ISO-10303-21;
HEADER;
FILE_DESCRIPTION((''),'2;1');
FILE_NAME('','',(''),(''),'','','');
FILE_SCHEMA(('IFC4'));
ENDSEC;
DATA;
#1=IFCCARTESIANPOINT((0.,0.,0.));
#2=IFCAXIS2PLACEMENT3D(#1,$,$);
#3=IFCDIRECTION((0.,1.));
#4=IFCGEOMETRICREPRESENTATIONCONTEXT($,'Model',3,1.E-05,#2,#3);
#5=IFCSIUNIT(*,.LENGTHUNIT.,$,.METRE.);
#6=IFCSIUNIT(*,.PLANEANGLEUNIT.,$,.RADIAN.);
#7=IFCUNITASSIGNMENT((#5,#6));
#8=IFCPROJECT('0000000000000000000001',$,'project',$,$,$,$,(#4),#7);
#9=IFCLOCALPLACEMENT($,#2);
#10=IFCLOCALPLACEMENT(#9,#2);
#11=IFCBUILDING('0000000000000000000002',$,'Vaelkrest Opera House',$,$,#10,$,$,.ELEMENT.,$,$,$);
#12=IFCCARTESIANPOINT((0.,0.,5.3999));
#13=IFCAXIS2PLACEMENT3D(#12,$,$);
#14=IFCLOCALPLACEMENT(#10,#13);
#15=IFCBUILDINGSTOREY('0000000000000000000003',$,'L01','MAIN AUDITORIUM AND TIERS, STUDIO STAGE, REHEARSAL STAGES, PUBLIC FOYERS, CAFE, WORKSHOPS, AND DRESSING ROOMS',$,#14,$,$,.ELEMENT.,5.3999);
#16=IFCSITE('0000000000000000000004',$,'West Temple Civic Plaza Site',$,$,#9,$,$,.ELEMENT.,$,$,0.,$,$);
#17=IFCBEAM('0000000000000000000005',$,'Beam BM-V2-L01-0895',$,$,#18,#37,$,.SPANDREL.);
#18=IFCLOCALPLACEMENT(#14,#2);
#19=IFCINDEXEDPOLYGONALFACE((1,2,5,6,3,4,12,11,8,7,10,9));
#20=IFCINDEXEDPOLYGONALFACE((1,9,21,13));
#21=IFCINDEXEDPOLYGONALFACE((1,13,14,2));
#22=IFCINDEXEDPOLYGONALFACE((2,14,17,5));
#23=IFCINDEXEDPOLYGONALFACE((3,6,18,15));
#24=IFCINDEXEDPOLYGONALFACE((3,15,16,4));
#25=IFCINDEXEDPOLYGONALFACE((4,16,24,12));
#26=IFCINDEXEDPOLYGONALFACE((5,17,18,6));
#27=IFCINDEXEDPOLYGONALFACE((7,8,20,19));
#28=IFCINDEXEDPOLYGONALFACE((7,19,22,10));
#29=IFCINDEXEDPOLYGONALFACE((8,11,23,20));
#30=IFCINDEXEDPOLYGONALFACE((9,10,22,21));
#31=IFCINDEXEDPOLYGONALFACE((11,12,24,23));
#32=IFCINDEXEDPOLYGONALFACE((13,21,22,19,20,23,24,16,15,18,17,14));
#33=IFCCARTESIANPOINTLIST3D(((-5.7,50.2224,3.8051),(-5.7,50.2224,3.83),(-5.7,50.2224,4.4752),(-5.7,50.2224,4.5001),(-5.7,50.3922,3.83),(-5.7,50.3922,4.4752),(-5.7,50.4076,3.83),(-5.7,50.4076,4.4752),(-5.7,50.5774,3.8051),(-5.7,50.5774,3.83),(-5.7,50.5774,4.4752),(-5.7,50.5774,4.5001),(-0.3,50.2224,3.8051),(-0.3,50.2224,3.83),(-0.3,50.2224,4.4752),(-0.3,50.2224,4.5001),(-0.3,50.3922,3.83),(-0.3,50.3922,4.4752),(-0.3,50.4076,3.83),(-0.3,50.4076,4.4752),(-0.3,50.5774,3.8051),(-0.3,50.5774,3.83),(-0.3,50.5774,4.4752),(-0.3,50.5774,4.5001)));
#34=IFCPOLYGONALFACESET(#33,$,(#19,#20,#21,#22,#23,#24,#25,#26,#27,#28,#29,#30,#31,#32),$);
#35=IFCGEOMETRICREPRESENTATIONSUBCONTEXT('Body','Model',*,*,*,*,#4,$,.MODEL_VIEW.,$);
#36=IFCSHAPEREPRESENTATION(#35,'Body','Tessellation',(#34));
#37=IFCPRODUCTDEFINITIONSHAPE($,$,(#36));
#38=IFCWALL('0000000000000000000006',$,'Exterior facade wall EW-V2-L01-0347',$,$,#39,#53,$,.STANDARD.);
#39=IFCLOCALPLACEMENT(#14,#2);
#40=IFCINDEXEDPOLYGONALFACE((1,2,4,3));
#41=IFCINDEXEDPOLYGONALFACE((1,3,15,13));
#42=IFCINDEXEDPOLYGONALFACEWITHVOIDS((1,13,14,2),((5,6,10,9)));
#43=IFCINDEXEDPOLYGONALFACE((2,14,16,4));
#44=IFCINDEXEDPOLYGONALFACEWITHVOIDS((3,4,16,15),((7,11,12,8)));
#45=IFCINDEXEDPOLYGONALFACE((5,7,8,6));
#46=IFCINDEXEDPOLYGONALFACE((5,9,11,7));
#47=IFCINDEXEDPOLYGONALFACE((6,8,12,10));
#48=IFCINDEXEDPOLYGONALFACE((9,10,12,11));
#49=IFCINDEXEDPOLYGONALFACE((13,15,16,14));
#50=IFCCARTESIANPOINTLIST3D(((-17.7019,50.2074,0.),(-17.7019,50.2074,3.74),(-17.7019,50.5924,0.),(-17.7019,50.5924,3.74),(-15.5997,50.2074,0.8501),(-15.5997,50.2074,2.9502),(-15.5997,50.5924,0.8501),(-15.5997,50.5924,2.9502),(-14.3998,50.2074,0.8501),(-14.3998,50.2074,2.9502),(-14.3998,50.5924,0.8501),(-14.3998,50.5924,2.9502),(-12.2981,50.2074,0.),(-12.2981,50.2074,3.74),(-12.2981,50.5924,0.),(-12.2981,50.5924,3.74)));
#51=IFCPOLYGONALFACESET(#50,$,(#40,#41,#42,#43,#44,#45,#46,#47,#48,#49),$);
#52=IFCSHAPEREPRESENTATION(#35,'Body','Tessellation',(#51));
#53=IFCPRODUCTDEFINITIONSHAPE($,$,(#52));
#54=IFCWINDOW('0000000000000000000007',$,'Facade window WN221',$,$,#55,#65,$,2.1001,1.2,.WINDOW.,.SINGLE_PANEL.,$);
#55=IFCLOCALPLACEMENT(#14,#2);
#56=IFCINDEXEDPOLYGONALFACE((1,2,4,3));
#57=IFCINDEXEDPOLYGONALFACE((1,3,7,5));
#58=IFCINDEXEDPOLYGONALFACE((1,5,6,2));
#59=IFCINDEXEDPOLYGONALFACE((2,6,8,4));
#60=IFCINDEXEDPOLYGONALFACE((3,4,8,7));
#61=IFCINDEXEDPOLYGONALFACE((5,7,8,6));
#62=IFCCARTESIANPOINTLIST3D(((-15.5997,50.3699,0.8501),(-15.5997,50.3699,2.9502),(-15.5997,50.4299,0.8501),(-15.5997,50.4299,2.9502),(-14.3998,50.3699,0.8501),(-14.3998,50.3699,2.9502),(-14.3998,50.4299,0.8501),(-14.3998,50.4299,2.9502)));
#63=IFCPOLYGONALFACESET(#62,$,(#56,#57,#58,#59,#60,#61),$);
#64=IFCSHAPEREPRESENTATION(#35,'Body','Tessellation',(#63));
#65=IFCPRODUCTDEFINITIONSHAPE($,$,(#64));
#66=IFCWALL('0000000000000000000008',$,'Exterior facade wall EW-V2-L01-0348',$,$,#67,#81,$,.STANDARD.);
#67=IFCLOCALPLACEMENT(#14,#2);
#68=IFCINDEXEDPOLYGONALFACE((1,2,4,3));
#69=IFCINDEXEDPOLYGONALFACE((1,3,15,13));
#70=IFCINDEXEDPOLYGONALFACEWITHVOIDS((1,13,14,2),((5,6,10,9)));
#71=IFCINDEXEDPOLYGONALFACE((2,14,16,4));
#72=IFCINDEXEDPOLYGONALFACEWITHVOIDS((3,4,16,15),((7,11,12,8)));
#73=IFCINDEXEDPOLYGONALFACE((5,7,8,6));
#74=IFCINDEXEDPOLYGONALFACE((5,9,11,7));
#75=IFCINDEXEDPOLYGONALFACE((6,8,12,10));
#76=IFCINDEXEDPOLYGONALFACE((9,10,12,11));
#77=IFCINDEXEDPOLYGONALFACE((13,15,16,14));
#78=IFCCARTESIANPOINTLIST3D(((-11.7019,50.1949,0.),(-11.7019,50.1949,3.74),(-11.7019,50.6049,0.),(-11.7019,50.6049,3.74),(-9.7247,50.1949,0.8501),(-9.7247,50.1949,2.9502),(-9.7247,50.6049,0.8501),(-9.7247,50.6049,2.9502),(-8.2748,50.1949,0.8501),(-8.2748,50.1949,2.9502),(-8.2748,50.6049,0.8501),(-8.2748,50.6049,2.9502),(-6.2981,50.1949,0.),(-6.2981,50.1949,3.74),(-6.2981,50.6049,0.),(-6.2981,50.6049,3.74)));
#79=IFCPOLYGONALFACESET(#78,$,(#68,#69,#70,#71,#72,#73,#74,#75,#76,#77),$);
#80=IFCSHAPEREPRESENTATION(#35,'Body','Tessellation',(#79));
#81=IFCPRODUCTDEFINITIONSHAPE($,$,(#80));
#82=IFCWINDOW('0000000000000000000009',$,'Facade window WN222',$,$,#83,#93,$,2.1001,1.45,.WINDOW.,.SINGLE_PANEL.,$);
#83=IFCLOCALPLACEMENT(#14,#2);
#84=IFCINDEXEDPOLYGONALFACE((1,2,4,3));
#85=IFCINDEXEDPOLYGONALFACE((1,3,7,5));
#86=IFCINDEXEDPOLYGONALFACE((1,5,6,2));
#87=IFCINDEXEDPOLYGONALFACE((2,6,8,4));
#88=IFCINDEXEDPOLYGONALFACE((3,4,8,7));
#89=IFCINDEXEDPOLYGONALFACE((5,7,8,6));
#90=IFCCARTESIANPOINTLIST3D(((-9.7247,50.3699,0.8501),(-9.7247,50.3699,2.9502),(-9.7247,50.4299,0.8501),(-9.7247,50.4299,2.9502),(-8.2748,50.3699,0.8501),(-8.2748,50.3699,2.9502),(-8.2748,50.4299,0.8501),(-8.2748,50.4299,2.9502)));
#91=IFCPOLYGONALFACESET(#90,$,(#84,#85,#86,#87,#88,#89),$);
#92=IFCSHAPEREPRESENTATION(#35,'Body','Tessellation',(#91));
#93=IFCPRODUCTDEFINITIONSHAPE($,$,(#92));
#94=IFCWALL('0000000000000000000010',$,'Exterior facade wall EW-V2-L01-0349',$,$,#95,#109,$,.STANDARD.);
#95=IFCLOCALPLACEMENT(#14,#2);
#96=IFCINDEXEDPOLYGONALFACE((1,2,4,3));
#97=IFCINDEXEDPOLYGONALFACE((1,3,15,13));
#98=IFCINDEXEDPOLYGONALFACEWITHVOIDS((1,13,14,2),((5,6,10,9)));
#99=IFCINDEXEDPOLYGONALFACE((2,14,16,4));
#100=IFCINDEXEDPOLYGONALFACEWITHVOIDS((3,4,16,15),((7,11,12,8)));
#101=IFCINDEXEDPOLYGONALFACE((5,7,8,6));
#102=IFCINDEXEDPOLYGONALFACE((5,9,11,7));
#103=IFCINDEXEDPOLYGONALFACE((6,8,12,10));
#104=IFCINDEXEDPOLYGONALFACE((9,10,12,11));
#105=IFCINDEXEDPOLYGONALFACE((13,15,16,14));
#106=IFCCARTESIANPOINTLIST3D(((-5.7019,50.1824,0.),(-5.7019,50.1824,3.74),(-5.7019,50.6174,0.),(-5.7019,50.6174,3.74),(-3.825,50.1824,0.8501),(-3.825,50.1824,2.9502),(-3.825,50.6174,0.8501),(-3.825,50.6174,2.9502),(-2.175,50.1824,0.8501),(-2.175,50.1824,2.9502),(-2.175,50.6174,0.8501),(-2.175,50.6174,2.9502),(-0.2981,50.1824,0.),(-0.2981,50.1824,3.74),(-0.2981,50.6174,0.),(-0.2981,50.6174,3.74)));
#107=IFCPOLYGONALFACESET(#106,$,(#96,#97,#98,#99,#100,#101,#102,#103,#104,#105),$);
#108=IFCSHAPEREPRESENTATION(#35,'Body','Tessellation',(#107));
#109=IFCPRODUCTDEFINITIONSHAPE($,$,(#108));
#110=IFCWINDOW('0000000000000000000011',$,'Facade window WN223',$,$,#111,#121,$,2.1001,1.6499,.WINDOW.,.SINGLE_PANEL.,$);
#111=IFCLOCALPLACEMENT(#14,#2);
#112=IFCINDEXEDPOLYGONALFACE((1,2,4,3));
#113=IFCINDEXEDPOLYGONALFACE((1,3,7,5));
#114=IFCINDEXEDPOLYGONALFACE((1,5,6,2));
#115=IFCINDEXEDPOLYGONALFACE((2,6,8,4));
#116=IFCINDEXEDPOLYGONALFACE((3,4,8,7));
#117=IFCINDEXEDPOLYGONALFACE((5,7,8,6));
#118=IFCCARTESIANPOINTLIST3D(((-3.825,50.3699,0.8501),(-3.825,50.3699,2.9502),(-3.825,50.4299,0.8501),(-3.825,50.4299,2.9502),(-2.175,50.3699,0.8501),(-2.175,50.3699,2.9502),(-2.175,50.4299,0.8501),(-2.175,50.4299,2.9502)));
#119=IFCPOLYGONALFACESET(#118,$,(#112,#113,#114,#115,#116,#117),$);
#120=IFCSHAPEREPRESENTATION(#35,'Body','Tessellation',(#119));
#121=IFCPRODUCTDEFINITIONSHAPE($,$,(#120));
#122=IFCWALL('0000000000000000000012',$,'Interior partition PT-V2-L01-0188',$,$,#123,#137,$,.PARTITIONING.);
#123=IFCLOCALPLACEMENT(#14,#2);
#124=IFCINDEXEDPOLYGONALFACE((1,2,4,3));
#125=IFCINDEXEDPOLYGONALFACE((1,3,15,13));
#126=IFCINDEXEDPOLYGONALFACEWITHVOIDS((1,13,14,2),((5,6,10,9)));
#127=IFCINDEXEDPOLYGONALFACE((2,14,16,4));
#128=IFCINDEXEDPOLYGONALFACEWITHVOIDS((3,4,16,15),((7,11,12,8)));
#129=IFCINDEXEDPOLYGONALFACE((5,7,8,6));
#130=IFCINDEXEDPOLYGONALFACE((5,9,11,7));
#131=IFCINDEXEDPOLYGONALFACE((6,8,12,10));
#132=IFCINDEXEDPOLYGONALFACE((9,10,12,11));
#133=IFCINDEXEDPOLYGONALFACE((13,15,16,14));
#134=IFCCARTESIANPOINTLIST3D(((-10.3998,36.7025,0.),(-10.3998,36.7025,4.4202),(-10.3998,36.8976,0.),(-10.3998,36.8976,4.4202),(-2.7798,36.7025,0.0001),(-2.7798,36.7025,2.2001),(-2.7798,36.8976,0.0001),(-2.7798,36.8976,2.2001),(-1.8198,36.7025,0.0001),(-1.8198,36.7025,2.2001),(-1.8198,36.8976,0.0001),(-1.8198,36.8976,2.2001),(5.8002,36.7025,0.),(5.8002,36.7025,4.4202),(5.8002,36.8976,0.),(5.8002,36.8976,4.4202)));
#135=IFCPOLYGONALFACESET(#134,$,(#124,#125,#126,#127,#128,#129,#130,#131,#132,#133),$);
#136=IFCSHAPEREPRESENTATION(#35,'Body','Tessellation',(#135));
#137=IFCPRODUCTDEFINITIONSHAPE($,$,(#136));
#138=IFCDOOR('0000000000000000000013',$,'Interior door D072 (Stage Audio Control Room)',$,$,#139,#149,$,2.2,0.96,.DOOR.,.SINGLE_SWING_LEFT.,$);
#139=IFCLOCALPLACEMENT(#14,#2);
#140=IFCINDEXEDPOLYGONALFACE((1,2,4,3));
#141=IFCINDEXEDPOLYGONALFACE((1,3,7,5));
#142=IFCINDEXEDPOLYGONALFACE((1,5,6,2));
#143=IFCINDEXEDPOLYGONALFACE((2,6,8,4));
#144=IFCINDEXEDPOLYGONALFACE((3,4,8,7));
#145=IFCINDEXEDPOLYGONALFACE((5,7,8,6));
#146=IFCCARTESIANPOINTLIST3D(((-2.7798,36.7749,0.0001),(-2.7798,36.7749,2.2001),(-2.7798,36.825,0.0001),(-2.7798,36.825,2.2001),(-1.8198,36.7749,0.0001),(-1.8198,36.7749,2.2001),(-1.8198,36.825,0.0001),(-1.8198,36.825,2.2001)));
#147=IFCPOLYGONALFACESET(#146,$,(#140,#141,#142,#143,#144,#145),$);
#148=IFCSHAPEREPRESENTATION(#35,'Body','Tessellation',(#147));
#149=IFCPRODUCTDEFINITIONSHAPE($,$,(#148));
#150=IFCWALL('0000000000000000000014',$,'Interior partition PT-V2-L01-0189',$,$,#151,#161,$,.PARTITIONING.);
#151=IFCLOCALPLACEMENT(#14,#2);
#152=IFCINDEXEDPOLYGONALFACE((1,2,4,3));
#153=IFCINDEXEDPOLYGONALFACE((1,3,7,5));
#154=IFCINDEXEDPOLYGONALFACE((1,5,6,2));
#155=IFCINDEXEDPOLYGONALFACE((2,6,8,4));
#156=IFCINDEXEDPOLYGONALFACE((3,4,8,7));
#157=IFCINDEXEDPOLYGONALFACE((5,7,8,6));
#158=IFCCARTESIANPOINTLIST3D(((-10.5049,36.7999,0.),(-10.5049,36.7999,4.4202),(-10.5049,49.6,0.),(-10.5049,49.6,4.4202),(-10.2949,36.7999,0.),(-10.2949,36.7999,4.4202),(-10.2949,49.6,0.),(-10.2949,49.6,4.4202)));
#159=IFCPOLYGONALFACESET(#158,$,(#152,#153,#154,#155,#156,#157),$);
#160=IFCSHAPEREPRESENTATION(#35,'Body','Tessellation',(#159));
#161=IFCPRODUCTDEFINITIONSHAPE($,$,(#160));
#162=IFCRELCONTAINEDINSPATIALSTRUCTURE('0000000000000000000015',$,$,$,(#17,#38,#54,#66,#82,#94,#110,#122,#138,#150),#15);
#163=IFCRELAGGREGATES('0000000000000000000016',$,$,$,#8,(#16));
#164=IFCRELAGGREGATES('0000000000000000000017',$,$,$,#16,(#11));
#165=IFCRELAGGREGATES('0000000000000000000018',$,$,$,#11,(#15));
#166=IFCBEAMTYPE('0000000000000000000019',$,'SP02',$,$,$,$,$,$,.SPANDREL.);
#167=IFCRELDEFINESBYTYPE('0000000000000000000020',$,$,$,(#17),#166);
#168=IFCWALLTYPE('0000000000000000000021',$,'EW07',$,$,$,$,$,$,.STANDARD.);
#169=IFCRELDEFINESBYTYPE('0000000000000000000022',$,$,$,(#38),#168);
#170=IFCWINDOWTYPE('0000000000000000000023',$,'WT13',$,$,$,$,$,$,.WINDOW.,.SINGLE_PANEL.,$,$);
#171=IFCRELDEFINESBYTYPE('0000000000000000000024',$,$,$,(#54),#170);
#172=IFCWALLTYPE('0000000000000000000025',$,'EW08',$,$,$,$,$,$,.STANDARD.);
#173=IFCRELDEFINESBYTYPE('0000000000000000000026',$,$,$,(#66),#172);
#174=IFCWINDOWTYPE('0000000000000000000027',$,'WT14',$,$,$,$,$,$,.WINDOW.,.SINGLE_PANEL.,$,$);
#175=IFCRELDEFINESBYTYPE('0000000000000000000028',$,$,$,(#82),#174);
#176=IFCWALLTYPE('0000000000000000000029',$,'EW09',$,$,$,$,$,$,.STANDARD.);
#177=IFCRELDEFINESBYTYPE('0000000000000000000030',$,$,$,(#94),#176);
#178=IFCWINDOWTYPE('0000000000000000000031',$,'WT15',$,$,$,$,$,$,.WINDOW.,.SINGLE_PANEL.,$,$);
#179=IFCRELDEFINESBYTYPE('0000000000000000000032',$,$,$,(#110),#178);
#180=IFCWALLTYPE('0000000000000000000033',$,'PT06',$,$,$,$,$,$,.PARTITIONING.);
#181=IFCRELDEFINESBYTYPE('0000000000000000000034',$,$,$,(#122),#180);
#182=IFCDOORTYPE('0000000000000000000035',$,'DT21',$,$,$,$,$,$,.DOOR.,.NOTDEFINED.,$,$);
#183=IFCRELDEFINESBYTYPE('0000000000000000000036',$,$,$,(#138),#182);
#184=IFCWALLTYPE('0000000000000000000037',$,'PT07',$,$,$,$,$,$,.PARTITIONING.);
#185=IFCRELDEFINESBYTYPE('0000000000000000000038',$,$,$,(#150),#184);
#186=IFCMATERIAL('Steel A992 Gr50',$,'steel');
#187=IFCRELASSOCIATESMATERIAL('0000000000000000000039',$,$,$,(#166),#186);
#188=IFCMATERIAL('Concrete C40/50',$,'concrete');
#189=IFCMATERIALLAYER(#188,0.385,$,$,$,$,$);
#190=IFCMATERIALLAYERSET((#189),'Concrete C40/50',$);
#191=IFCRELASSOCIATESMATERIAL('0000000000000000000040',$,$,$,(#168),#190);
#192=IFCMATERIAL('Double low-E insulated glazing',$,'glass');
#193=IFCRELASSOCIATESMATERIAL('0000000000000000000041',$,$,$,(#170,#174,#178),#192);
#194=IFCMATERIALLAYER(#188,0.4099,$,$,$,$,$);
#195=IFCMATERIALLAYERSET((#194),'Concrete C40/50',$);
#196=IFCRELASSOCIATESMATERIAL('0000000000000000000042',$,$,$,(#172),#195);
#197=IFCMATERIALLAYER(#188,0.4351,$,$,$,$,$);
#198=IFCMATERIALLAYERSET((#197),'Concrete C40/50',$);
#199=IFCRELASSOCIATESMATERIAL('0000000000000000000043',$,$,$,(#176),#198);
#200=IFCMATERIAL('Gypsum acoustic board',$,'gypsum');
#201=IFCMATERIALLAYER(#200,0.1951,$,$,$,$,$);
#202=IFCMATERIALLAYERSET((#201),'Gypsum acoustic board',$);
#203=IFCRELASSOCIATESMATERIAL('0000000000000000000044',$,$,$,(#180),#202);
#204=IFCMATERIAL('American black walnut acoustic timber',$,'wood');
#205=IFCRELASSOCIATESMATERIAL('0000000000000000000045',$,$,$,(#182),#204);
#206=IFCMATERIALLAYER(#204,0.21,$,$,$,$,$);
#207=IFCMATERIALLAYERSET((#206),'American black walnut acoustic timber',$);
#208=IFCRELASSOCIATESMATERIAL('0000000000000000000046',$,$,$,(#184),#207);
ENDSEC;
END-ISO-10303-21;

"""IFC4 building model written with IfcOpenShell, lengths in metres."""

from ifc_helpers import new_model, si_unit, direction, frame, frame_2d, origin, origin_2d, place, context, subcontext, project, spatial, rectangle, i_section, extrude, material, layer, layer_set, material_profile, profile_set, type_object, element, fill, save


model = new_model("IFC4")

# Units and contexts
model_context = context("Model", 3, precision=1e-05, world=origin(), true_north=direction((0.0, 1.0)))
body_context = subcontext(model_context, "Body", "Model", "MODEL_VIEW")
ifc_project = project(units=[si_unit("LENGTHUNIT", "METRE"), si_unit("PLANEANGLEUNIT", "RADIAN")], contexts=[model_context])

# Site, building, storey
site_placement = place(None, origin())
site = spatial("IfcSite", under=ifc_project, at=site_placement, Name="West Temple Civic Plaza Site", CompositionType="ELEMENT", RefElevation=0.0)
building_placement = place(site_placement, origin())
building = spatial("IfcBuilding", under=site, at=building_placement, Name="Vaelkrest Opera House", CompositionType="ELEMENT")
storey_placement = place(building_placement, frame((0.0, 0.0, 5.3999)))
storey = spatial("IfcBuildingStorey", under=building, at=storey_placement, Name="L01", Description="MAIN AUDITORIUM AND TIERS, STUDIO STAGE, REHEARSAL STAGES, PUBLIC FOYERS, CAFE, WORKSHOPS, AND DRESSING ROOMS", CompositionType="ELEMENT", Elevation=5.3999)

# Beam
ifc_material_1 = material(Name="Steel A992 Gr50", Category="steel")
ifc_material_profile_1 = material_profile(ifc_material_1, i_section(OverallWidth=0.355, OverallDepth=0.6951, WebThickness=0.0154, FlangeThickness=0.0249, at=origin_2d()), Name="W27X146")
ifc_profile_set_1 = profile_set([ifc_material_profile_1], Name="Steel A992 Gr50")
beam_type_1 = type_object("IfcBeamType", Name="SP02", PredefinedType="SPANDREL", material=ifc_profile_set_1)
for number, where, z_axis, x_axis, name in (
    (1, (-5.7, 50.3999, 4.1526), (1.0, 0.0, 0.0), (0.0, 1.0, 0.0), "Beam BM-V2-L01-0895"),
):
    element("IfcBeam", number, at=place(storey_placement, frame(where, z_axis=z_axis, x_axis=x_axis)), inside=storey, type_object=beam_type_1, Name=name, PredefinedType="SPANDREL", context=body_context, shape_type="SweptSolid", body=[
        extrude(i_section(OverallWidth=0.355, OverallDepth=0.6951, WebThickness=0.0154, FlangeThickness=0.0249, at=origin_2d()), origin(), (0.0, 0.0, 1.0), 5.3999),
    ])

# Walls, openings, windows
ifc_material_2 = material(Name="Concrete C40/50", Category="concrete")
ifc_layer_1 = layer(ifc_material_2, 0.385)
ifc_layer_set_1 = layer_set([ifc_layer_1], Name="Concrete C40/50")
wall_type_1 = type_object("IfcWallType", Name="EW07", PredefinedType="STANDARD", material=ifc_layer_set_1)
wall_1_placement = place(storey_placement, frame((-17.7019, 50.3999, 0.0), z_axis=(0.0, 0.0, 1.0), x_axis=(1.0, 0.0, 0.0)))
wall_1 = element("IfcWall", 2, at=wall_1_placement, inside=storey, type_object=wall_type_1, Name="Exterior facade wall EW-V2-L01-0347", PredefinedType="STANDARD", context=body_context, shape_type="SweptSolid", body=[
    extrude(rectangle(XDim=5.4038, YDim=0.385, at=frame_2d((2.7019, 0.0))), origin(), (0.0, 0.0, 1.0), 3.74),
])
opening_1_placement = place(wall_1_placement, frame((2.1021, 0.0, 0.8501)))
opening_1 = element("IfcOpeningElement", 3, at=opening_1_placement, cuts=wall_1, PredefinedType="OPENING", context=body_context, shape_type="SweptSolid", body=[
    extrude(rectangle(XDim=1.2, YDim=2.1001, at=frame_2d((0.6001, 1.05))), frame((0.0, 0.2024, 0.0), z_axis=(0.0, -1.0, 0.0), x_axis=(1.0, 0.0, 0.0)), (0.0, 0.0, 1.0), 0.405),
])
ifc_material_3 = material(Name="Double low-E insulated glazing", Category="glass")
window_type_1 = type_object("IfcWindowType", Name="WT13", PartitioningType="SINGLE_PANEL", PredefinedType="WINDOW", material=ifc_material_3)
window_1_placement = place(opening_1_placement, origin())
window_1 = element("IfcWindow", 4, at=window_1_placement, inside=storey, type_object=window_type_1, Name="Facade window WN221", OverallHeight=2.1001, OverallWidth=1.2, PartitioningType="SINGLE_PANEL", PredefinedType="WINDOW", context=body_context, shape_type="SweptSolid", body=[
    extrude(rectangle(XDim=1.2, YDim=2.1001, at=frame_2d((0.6001, 1.05))), frame((0.0, 0.03, 0.0), z_axis=(0.0, -1.0, 0.0), x_axis=(1.0, 0.0, 0.0)), (0.0, 0.0, 1.0), 0.0601),
])
fill(opening_1, window_1)
ifc_layer_2 = layer(ifc_material_2, 0.4099)
ifc_layer_set_2 = layer_set([ifc_layer_2], Name="Concrete C40/50")
wall_type_2 = type_object("IfcWallType", Name="EW08", PredefinedType="STANDARD", material=ifc_layer_set_2)
wall_2_placement = place(storey_placement, frame((-11.7019, 50.3999, 0.0), z_axis=(0.0, 0.0, 1.0), x_axis=(1.0, 0.0, 0.0)))
wall_2 = element("IfcWall", 5, at=wall_2_placement, inside=storey, type_object=wall_type_2, Name="Exterior facade wall EW-V2-L01-0348", PredefinedType="STANDARD", context=body_context, shape_type="SweptSolid", body=[
    extrude(rectangle(XDim=5.4038, YDim=0.4099, at=frame_2d((2.7019, 0.0))), origin(), (0.0, 0.0, 1.0), 3.74),
])
opening_2_placement = place(wall_2_placement, frame((1.9771, 0.0, 0.8501)))
opening_2 = element("IfcOpeningElement", 6, at=opening_2_placement, cuts=wall_2, PredefinedType="OPENING", context=body_context, shape_type="SweptSolid", body=[
    extrude(rectangle(XDim=1.45, YDim=2.1001, at=frame_2d((0.7251, 1.05))), frame((0.0, 0.2148, 0.0), z_axis=(0.0, -1.0, 0.0), x_axis=(1.0, 0.0, 0.0)), (0.0, 0.0, 1.0), 0.4299),
])
window_type_2 = type_object("IfcWindowType", Name="WT14", PartitioningType="SINGLE_PANEL", PredefinedType="WINDOW", material=ifc_material_3)
window_2_placement = place(opening_2_placement, origin())
window_2 = element("IfcWindow", 7, at=window_2_placement, inside=storey, type_object=window_type_2, Name="Facade window WN222", OverallHeight=2.1001, OverallWidth=1.45, PartitioningType="SINGLE_PANEL", PredefinedType="WINDOW", context=body_context, shape_type="SweptSolid", body=[
    extrude(rectangle(XDim=1.45, YDim=2.1001, at=frame_2d((0.7251, 1.05))), frame((0.0, 0.03, 0.0), z_axis=(0.0, -1.0, 0.0), x_axis=(1.0, 0.0, 0.0)), (0.0, 0.0, 1.0), 0.0601),
])
fill(opening_2, window_2)
ifc_layer_3 = layer(ifc_material_2, 0.4351)
ifc_layer_set_3 = layer_set([ifc_layer_3], Name="Concrete C40/50")
wall_type_3 = type_object("IfcWallType", Name="EW09", PredefinedType="STANDARD", material=ifc_layer_set_3)
wall_3_placement = place(storey_placement, frame((-5.7019, 50.3999, 0.0), z_axis=(0.0, 0.0, 1.0), x_axis=(1.0, 0.0, 0.0)))
wall_3 = element("IfcWall", 8, at=wall_3_placement, inside=storey, type_object=wall_type_3, Name="Exterior facade wall EW-V2-L01-0349", PredefinedType="STANDARD", context=body_context, shape_type="SweptSolid", body=[
    extrude(rectangle(XDim=5.4038, YDim=0.4351, at=frame_2d((2.7019, 0.0))), origin(), (0.0, 0.0, 1.0), 3.74),
])
opening_3_placement = place(wall_3_placement, frame((1.877, 0.0, 0.8501)))
opening_3 = element("IfcOpeningElement", 9, at=opening_3_placement, cuts=wall_3, PredefinedType="OPENING", context=body_context, shape_type="SweptSolid", body=[
    extrude(rectangle(XDim=1.6499, YDim=2.1001, at=frame_2d((0.825, 1.05))), frame((0.0, 0.2275, 0.0), z_axis=(0.0, -1.0, 0.0), x_axis=(1.0, 0.0, 0.0)), (0.0, 0.0, 1.0), 0.4551),
])
window_type_3 = type_object("IfcWindowType", Name="WT15", PartitioningType="SINGLE_PANEL", PredefinedType="WINDOW", material=ifc_material_3)
window_3_placement = place(opening_3_placement, origin())
window_3 = element("IfcWindow", 10, at=window_3_placement, inside=storey, type_object=window_type_3, Name="Facade window WN223", OverallHeight=2.1001, OverallWidth=1.6499, PartitioningType="SINGLE_PANEL", PredefinedType="WINDOW", context=body_context, shape_type="SweptSolid", body=[
    extrude(rectangle(XDim=1.6499, YDim=2.1001, at=frame_2d((0.825, 1.05))), frame((0.0, 0.03, 0.0), z_axis=(0.0, -1.0, 0.0), x_axis=(1.0, 0.0, 0.0)), (0.0, 0.0, 1.0), 0.0601),
])
fill(opening_3, window_3)

# Wall, opening, door
ifc_material_4 = material(Name="Gypsum acoustic board", Category="gypsum")
ifc_layer_4 = layer(ifc_material_4, 0.1951)
ifc_layer_set_4 = layer_set([ifc_layer_4], Name="Gypsum acoustic board")
wall_type_4 = type_object("IfcWallType", Name="PT06", PredefinedType="PARTITIONING", material=ifc_layer_set_4)
wall_4_placement = place(storey_placement, frame((-10.3999, 36.8, 0.0), z_axis=(0.0, 0.0, 1.0), x_axis=(1.0, 0.0, 0.0)))
wall_4 = element("IfcWall", 11, at=wall_4_placement, inside=storey, type_object=wall_type_4, Name="Interior partition PT-V2-L01-0188", PredefinedType="PARTITIONING", context=body_context, shape_type="SweptSolid", body=[
    extrude(rectangle(XDim=16.2, YDim=0.1951, at=frame_2d((8.1001, 0.0))), origin(), (0.0, 0.0, 1.0), 4.4202),
])
opening_4_placement = place(wall_4_placement, frame((7.6201, 0.0, 0.0)))
opening_4 = element("IfcOpeningElement", 12, at=opening_4_placement, cuts=wall_4, PredefinedType="OPENING", context=body_context, shape_type="SweptSolid", body=[
    extrude(rectangle(XDim=0.96, YDim=2.2, at=frame_2d((0.48, 1.1001))), frame((0.0, 0.1074, 0.0), z_axis=(0.0, -1.0, 0.0), x_axis=(1.0, 0.0, 0.0)), (0.0, 0.0, 1.0), 0.2151),
])
ifc_material_5 = material(Name="American black walnut acoustic timber", Category="wood")
door_type_1 = type_object("IfcDoorType", Name="DT21", OperationType="NOTDEFINED", PredefinedType="DOOR", material=ifc_material_5)
door_1_placement = place(opening_4_placement, origin())
door_1 = element("IfcDoor", 13, at=door_1_placement, inside=storey, type_object=door_type_1, Name="Interior door D072 (Stage Audio Control Room)", OperationType="SINGLE_SWING_LEFT", OverallHeight=2.2, OverallWidth=0.96, PredefinedType="DOOR", context=body_context, shape_type="SweptSolid", body=[
    extrude(rectangle(XDim=0.96, YDim=2.2, at=frame_2d((0.48, 1.1001))), frame((0.0, 0.0249, 0.0), z_axis=(0.0, -1.0, 0.0), x_axis=(1.0, 0.0, 0.0)), (0.0, 0.0, 1.0), 0.05),
])
fill(opening_4, door_1)

# Wall
ifc_layer_5 = layer(ifc_material_5, 0.21)
ifc_layer_set_5 = layer_set([ifc_layer_5], Name="American black walnut acoustic timber")
wall_type_5 = type_object("IfcWallType", Name="PT07", PredefinedType="PARTITIONING", material=ifc_layer_set_5)
wall_5_placement = place(storey_placement, frame((-10.3999, 36.8, 0.0), z_axis=(0.0, 0.0, 1.0), x_axis=(0.0, 1.0, 0.0)))
element("IfcWall", 14, at=wall_5_placement, inside=storey, type_object=wall_type_5, Name="Interior partition PT-V2-L01-0189", PredefinedType="PARTITIONING", context=body_context, shape_type="SweptSolid", body=[
    extrude(rectangle(XDim=12.8, YDim=0.21, at=frame_2d((6.3999, 0.0))), origin(), (0.0, 0.0, 1.0), 4.4202),
])

save(model, "model.ifc")
